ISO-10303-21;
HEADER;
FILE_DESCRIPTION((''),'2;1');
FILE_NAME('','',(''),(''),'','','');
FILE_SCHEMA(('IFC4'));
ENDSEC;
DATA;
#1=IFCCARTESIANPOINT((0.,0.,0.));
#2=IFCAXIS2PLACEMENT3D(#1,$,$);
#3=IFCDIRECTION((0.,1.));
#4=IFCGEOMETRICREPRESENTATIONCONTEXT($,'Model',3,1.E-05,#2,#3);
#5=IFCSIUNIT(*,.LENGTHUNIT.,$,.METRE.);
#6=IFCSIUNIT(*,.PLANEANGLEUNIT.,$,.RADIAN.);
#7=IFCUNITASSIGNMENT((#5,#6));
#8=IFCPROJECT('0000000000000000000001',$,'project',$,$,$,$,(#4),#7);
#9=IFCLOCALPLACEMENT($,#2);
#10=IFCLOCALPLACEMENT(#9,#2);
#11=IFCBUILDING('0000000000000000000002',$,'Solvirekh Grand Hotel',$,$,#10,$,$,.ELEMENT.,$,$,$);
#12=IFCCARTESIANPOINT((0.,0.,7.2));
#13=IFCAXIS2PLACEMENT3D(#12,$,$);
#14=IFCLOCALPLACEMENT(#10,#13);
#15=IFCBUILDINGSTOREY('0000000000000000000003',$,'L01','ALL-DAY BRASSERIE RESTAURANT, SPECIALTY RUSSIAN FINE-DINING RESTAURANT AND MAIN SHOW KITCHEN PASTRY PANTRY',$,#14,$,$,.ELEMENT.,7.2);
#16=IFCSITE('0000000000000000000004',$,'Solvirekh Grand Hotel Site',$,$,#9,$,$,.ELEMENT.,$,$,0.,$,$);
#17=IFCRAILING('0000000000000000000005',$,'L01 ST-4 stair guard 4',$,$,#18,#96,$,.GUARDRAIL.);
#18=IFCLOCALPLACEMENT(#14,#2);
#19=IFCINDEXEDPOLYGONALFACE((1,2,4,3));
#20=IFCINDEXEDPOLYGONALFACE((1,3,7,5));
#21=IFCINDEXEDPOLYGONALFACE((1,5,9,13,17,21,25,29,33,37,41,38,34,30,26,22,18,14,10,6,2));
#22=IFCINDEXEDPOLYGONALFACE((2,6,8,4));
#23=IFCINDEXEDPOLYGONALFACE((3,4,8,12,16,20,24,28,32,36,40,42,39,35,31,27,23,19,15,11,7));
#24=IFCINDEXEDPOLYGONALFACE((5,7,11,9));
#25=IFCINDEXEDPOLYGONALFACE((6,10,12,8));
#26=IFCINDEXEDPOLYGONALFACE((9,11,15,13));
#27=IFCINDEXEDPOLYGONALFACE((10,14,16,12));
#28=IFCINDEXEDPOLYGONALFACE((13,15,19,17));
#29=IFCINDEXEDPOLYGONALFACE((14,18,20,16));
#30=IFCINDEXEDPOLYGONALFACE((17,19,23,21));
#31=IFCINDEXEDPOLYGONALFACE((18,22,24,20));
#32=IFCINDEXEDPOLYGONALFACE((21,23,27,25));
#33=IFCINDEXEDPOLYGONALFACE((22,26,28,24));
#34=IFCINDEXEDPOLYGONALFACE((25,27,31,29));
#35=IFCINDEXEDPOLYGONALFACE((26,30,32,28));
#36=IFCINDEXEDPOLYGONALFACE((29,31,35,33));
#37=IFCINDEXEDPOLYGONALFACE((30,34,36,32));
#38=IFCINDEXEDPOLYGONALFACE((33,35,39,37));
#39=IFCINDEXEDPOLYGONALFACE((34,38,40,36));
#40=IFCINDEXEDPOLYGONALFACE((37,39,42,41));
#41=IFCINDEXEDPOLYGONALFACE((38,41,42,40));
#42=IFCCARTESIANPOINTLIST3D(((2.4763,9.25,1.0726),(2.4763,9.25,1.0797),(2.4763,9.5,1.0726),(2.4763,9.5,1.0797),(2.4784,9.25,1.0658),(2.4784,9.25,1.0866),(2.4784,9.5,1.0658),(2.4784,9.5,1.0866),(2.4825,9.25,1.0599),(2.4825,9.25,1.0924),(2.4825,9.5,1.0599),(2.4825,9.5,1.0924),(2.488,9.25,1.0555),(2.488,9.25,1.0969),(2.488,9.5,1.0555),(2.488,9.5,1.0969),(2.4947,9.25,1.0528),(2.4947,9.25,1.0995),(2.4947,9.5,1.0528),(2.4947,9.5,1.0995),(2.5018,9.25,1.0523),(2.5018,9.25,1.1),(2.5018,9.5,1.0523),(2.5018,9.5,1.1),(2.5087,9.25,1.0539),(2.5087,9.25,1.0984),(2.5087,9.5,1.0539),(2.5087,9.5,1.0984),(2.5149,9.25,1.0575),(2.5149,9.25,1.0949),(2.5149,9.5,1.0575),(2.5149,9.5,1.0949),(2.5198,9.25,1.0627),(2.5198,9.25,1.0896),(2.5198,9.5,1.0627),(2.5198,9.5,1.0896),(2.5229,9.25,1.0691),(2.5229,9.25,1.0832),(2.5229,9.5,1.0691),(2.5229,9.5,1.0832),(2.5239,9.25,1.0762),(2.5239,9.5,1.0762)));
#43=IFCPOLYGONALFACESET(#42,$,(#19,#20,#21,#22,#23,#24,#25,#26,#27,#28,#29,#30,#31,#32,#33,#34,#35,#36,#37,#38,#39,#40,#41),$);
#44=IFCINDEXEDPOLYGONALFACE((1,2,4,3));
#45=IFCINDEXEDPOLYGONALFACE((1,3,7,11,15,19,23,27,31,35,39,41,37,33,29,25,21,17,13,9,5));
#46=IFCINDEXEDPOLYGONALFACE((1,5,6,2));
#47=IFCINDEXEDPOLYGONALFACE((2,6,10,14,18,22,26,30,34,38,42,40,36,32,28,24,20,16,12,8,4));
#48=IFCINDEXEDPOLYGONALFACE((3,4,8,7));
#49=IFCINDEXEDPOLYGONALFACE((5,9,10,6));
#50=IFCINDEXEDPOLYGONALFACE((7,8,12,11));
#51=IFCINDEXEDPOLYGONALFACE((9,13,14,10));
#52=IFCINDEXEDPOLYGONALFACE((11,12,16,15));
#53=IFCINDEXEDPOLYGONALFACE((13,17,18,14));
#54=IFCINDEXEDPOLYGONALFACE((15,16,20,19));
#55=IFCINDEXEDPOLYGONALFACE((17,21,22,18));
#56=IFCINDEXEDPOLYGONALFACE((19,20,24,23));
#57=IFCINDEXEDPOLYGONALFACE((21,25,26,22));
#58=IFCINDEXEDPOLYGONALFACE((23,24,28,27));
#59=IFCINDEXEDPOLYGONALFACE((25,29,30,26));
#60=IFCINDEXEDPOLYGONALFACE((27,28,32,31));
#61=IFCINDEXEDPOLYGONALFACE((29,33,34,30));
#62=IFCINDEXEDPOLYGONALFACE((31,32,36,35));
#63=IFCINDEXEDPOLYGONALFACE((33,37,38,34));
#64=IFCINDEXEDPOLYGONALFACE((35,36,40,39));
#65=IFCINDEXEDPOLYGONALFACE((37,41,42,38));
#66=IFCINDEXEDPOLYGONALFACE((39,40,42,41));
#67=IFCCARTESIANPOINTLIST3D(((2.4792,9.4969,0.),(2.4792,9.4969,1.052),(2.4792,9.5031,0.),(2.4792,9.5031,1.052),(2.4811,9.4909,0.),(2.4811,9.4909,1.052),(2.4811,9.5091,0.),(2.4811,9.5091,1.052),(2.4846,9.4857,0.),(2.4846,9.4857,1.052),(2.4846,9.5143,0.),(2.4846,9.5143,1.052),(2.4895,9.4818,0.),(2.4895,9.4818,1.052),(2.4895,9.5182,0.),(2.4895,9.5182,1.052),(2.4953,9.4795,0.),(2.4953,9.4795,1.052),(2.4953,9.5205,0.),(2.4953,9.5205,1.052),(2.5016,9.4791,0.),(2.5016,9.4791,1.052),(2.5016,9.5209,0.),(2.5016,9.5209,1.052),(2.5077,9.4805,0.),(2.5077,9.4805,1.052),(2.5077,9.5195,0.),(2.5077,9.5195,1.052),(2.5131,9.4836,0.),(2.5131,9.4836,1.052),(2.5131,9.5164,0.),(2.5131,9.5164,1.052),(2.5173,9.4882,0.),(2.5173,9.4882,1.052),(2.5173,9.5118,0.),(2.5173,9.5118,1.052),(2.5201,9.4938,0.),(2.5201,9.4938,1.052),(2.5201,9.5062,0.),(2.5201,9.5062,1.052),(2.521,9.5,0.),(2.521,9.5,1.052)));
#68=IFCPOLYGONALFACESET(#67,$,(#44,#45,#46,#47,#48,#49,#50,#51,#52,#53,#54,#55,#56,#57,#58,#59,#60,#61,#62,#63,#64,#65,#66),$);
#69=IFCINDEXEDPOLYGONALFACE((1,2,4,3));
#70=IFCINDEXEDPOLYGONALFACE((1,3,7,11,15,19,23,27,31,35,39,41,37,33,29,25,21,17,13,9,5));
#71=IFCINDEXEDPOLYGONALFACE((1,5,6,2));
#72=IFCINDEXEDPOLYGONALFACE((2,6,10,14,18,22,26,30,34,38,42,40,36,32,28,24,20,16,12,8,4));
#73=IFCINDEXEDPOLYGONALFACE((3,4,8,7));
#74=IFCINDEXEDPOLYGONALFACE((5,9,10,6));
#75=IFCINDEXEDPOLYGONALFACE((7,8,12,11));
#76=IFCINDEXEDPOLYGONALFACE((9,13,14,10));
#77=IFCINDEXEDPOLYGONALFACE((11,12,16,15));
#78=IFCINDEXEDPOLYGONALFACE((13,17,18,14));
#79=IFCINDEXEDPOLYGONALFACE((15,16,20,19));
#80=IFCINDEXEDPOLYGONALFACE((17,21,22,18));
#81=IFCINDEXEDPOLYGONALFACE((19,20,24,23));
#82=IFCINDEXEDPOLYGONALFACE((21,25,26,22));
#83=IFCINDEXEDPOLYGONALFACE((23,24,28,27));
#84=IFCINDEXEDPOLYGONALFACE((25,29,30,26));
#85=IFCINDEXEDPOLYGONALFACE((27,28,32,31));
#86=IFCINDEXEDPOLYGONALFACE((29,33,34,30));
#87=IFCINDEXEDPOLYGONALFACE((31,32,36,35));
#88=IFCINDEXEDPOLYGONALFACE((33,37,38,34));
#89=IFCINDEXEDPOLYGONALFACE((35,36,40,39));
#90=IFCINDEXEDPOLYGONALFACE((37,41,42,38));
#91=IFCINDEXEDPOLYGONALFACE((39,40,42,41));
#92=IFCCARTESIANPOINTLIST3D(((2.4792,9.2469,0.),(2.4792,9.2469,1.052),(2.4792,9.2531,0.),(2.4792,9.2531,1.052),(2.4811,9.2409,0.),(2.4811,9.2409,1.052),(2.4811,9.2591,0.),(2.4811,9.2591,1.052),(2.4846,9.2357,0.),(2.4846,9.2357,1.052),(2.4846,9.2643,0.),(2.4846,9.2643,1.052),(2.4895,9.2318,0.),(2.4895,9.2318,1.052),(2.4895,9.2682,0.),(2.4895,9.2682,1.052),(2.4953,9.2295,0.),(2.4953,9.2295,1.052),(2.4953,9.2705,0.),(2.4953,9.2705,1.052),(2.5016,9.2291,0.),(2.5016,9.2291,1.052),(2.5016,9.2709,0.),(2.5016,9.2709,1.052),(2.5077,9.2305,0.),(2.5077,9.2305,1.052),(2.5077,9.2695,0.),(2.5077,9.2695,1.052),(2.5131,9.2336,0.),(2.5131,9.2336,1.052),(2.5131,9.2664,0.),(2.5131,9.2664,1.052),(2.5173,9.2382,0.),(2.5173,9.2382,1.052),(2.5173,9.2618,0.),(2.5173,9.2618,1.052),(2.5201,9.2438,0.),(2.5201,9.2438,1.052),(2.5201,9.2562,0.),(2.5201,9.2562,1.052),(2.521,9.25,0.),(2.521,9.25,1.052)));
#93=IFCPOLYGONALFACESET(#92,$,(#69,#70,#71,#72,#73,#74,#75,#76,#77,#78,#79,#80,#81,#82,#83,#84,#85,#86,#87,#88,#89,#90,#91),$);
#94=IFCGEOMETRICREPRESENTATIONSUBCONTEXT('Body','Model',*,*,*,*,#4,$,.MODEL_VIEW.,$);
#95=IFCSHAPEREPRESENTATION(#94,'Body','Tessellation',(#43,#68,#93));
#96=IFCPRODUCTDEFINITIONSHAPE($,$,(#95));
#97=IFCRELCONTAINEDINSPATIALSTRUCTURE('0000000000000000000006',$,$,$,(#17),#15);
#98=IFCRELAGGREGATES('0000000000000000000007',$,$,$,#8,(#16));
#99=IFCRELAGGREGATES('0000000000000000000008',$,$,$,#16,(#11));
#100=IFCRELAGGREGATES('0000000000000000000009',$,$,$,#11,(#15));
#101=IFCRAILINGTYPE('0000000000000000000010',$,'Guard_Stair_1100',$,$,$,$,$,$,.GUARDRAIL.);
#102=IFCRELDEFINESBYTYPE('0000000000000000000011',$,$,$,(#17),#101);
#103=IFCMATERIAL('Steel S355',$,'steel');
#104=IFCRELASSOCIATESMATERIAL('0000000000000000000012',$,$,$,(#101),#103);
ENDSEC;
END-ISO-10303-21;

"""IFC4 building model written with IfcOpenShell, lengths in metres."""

from ifc_helpers import new_model, si_unit, direction, frame, origin, origin_2d, place, context, subcontext, project, spatial, circle, extrude, material, type_object, element, save


model = new_model("IFC4")

# Units and contexts
model_context = context("Model", 3, precision=1e-05, world=origin(), true_north=direction((0.0, 1.0)))
body_context = subcontext(model_context, "Body", "Model", "MODEL_VIEW")
ifc_project = project(units=[si_unit("LENGTHUNIT", "METRE"), si_unit("PLANEANGLEUNIT", "RADIAN")], contexts=[model_context])

# Site, building, storey
site_placement = place(None, origin())
site = spatial("IfcSite", under=ifc_project, at=site_placement, Name="Solvirekh Grand Hotel Site", CompositionType="ELEMENT", RefElevation=0.0)
building_placement = place(site_placement, origin())
building = spatial("IfcBuilding", under=site, at=building_placement, Name="Solvirekh Grand Hotel", CompositionType="ELEMENT")
storey_placement = place(building_placement, frame((0.0, 0.0, 7.2)))
storey = spatial("IfcBuildingStorey", under=building, at=storey_placement, Name="L01", Description="ALL-DAY BRASSERIE RESTAURANT, SPECIALTY RUSSIAN FINE-DINING RESTAURANT AND MAIN SHOW KITCHEN PASTRY PANTRY", CompositionType="ELEMENT", Elevation=7.2)

# Shared definitions
ifc_material_1 = material(Name="Steel S355", Category="steel")

# Railing
railing_type_1 = type_object("IfcRailingType", Name="Guard_Stair_1100", PredefinedType="GUARDRAIL", material=ifc_material_1)
railing_1_placement = place(storey_placement, frame((2.5, 9.5, 0.0)))
element("IfcRailing", 1, at=railing_1_placement, inside=storey, type_object=railing_type_1, Name="L01 ST-4 stair guard 4", PredefinedType="GUARDRAIL", context=body_context, shape_type="SweptSolid", body=[
    extrude(circle(Radius=0.0239, at=origin_2d()), frame((0.0, 0.0, 1.0762), z_axis=(0.0, -1.0, 0.0), x_axis=(1.0, 0.0, 0.0)), (0.0, 0.0, 1.0), 0.25),
    extrude(circle(Radius=0.021, at=origin_2d()), origin(), (0.0, 0.0, 1.0), 1.052),
    extrude(circle(Radius=0.021, at=origin_2d()), frame((0.0, -0.25, 0.0)), (0.0, 0.0, 1.0), 1.052),
])

save(model, "model.ifc")
